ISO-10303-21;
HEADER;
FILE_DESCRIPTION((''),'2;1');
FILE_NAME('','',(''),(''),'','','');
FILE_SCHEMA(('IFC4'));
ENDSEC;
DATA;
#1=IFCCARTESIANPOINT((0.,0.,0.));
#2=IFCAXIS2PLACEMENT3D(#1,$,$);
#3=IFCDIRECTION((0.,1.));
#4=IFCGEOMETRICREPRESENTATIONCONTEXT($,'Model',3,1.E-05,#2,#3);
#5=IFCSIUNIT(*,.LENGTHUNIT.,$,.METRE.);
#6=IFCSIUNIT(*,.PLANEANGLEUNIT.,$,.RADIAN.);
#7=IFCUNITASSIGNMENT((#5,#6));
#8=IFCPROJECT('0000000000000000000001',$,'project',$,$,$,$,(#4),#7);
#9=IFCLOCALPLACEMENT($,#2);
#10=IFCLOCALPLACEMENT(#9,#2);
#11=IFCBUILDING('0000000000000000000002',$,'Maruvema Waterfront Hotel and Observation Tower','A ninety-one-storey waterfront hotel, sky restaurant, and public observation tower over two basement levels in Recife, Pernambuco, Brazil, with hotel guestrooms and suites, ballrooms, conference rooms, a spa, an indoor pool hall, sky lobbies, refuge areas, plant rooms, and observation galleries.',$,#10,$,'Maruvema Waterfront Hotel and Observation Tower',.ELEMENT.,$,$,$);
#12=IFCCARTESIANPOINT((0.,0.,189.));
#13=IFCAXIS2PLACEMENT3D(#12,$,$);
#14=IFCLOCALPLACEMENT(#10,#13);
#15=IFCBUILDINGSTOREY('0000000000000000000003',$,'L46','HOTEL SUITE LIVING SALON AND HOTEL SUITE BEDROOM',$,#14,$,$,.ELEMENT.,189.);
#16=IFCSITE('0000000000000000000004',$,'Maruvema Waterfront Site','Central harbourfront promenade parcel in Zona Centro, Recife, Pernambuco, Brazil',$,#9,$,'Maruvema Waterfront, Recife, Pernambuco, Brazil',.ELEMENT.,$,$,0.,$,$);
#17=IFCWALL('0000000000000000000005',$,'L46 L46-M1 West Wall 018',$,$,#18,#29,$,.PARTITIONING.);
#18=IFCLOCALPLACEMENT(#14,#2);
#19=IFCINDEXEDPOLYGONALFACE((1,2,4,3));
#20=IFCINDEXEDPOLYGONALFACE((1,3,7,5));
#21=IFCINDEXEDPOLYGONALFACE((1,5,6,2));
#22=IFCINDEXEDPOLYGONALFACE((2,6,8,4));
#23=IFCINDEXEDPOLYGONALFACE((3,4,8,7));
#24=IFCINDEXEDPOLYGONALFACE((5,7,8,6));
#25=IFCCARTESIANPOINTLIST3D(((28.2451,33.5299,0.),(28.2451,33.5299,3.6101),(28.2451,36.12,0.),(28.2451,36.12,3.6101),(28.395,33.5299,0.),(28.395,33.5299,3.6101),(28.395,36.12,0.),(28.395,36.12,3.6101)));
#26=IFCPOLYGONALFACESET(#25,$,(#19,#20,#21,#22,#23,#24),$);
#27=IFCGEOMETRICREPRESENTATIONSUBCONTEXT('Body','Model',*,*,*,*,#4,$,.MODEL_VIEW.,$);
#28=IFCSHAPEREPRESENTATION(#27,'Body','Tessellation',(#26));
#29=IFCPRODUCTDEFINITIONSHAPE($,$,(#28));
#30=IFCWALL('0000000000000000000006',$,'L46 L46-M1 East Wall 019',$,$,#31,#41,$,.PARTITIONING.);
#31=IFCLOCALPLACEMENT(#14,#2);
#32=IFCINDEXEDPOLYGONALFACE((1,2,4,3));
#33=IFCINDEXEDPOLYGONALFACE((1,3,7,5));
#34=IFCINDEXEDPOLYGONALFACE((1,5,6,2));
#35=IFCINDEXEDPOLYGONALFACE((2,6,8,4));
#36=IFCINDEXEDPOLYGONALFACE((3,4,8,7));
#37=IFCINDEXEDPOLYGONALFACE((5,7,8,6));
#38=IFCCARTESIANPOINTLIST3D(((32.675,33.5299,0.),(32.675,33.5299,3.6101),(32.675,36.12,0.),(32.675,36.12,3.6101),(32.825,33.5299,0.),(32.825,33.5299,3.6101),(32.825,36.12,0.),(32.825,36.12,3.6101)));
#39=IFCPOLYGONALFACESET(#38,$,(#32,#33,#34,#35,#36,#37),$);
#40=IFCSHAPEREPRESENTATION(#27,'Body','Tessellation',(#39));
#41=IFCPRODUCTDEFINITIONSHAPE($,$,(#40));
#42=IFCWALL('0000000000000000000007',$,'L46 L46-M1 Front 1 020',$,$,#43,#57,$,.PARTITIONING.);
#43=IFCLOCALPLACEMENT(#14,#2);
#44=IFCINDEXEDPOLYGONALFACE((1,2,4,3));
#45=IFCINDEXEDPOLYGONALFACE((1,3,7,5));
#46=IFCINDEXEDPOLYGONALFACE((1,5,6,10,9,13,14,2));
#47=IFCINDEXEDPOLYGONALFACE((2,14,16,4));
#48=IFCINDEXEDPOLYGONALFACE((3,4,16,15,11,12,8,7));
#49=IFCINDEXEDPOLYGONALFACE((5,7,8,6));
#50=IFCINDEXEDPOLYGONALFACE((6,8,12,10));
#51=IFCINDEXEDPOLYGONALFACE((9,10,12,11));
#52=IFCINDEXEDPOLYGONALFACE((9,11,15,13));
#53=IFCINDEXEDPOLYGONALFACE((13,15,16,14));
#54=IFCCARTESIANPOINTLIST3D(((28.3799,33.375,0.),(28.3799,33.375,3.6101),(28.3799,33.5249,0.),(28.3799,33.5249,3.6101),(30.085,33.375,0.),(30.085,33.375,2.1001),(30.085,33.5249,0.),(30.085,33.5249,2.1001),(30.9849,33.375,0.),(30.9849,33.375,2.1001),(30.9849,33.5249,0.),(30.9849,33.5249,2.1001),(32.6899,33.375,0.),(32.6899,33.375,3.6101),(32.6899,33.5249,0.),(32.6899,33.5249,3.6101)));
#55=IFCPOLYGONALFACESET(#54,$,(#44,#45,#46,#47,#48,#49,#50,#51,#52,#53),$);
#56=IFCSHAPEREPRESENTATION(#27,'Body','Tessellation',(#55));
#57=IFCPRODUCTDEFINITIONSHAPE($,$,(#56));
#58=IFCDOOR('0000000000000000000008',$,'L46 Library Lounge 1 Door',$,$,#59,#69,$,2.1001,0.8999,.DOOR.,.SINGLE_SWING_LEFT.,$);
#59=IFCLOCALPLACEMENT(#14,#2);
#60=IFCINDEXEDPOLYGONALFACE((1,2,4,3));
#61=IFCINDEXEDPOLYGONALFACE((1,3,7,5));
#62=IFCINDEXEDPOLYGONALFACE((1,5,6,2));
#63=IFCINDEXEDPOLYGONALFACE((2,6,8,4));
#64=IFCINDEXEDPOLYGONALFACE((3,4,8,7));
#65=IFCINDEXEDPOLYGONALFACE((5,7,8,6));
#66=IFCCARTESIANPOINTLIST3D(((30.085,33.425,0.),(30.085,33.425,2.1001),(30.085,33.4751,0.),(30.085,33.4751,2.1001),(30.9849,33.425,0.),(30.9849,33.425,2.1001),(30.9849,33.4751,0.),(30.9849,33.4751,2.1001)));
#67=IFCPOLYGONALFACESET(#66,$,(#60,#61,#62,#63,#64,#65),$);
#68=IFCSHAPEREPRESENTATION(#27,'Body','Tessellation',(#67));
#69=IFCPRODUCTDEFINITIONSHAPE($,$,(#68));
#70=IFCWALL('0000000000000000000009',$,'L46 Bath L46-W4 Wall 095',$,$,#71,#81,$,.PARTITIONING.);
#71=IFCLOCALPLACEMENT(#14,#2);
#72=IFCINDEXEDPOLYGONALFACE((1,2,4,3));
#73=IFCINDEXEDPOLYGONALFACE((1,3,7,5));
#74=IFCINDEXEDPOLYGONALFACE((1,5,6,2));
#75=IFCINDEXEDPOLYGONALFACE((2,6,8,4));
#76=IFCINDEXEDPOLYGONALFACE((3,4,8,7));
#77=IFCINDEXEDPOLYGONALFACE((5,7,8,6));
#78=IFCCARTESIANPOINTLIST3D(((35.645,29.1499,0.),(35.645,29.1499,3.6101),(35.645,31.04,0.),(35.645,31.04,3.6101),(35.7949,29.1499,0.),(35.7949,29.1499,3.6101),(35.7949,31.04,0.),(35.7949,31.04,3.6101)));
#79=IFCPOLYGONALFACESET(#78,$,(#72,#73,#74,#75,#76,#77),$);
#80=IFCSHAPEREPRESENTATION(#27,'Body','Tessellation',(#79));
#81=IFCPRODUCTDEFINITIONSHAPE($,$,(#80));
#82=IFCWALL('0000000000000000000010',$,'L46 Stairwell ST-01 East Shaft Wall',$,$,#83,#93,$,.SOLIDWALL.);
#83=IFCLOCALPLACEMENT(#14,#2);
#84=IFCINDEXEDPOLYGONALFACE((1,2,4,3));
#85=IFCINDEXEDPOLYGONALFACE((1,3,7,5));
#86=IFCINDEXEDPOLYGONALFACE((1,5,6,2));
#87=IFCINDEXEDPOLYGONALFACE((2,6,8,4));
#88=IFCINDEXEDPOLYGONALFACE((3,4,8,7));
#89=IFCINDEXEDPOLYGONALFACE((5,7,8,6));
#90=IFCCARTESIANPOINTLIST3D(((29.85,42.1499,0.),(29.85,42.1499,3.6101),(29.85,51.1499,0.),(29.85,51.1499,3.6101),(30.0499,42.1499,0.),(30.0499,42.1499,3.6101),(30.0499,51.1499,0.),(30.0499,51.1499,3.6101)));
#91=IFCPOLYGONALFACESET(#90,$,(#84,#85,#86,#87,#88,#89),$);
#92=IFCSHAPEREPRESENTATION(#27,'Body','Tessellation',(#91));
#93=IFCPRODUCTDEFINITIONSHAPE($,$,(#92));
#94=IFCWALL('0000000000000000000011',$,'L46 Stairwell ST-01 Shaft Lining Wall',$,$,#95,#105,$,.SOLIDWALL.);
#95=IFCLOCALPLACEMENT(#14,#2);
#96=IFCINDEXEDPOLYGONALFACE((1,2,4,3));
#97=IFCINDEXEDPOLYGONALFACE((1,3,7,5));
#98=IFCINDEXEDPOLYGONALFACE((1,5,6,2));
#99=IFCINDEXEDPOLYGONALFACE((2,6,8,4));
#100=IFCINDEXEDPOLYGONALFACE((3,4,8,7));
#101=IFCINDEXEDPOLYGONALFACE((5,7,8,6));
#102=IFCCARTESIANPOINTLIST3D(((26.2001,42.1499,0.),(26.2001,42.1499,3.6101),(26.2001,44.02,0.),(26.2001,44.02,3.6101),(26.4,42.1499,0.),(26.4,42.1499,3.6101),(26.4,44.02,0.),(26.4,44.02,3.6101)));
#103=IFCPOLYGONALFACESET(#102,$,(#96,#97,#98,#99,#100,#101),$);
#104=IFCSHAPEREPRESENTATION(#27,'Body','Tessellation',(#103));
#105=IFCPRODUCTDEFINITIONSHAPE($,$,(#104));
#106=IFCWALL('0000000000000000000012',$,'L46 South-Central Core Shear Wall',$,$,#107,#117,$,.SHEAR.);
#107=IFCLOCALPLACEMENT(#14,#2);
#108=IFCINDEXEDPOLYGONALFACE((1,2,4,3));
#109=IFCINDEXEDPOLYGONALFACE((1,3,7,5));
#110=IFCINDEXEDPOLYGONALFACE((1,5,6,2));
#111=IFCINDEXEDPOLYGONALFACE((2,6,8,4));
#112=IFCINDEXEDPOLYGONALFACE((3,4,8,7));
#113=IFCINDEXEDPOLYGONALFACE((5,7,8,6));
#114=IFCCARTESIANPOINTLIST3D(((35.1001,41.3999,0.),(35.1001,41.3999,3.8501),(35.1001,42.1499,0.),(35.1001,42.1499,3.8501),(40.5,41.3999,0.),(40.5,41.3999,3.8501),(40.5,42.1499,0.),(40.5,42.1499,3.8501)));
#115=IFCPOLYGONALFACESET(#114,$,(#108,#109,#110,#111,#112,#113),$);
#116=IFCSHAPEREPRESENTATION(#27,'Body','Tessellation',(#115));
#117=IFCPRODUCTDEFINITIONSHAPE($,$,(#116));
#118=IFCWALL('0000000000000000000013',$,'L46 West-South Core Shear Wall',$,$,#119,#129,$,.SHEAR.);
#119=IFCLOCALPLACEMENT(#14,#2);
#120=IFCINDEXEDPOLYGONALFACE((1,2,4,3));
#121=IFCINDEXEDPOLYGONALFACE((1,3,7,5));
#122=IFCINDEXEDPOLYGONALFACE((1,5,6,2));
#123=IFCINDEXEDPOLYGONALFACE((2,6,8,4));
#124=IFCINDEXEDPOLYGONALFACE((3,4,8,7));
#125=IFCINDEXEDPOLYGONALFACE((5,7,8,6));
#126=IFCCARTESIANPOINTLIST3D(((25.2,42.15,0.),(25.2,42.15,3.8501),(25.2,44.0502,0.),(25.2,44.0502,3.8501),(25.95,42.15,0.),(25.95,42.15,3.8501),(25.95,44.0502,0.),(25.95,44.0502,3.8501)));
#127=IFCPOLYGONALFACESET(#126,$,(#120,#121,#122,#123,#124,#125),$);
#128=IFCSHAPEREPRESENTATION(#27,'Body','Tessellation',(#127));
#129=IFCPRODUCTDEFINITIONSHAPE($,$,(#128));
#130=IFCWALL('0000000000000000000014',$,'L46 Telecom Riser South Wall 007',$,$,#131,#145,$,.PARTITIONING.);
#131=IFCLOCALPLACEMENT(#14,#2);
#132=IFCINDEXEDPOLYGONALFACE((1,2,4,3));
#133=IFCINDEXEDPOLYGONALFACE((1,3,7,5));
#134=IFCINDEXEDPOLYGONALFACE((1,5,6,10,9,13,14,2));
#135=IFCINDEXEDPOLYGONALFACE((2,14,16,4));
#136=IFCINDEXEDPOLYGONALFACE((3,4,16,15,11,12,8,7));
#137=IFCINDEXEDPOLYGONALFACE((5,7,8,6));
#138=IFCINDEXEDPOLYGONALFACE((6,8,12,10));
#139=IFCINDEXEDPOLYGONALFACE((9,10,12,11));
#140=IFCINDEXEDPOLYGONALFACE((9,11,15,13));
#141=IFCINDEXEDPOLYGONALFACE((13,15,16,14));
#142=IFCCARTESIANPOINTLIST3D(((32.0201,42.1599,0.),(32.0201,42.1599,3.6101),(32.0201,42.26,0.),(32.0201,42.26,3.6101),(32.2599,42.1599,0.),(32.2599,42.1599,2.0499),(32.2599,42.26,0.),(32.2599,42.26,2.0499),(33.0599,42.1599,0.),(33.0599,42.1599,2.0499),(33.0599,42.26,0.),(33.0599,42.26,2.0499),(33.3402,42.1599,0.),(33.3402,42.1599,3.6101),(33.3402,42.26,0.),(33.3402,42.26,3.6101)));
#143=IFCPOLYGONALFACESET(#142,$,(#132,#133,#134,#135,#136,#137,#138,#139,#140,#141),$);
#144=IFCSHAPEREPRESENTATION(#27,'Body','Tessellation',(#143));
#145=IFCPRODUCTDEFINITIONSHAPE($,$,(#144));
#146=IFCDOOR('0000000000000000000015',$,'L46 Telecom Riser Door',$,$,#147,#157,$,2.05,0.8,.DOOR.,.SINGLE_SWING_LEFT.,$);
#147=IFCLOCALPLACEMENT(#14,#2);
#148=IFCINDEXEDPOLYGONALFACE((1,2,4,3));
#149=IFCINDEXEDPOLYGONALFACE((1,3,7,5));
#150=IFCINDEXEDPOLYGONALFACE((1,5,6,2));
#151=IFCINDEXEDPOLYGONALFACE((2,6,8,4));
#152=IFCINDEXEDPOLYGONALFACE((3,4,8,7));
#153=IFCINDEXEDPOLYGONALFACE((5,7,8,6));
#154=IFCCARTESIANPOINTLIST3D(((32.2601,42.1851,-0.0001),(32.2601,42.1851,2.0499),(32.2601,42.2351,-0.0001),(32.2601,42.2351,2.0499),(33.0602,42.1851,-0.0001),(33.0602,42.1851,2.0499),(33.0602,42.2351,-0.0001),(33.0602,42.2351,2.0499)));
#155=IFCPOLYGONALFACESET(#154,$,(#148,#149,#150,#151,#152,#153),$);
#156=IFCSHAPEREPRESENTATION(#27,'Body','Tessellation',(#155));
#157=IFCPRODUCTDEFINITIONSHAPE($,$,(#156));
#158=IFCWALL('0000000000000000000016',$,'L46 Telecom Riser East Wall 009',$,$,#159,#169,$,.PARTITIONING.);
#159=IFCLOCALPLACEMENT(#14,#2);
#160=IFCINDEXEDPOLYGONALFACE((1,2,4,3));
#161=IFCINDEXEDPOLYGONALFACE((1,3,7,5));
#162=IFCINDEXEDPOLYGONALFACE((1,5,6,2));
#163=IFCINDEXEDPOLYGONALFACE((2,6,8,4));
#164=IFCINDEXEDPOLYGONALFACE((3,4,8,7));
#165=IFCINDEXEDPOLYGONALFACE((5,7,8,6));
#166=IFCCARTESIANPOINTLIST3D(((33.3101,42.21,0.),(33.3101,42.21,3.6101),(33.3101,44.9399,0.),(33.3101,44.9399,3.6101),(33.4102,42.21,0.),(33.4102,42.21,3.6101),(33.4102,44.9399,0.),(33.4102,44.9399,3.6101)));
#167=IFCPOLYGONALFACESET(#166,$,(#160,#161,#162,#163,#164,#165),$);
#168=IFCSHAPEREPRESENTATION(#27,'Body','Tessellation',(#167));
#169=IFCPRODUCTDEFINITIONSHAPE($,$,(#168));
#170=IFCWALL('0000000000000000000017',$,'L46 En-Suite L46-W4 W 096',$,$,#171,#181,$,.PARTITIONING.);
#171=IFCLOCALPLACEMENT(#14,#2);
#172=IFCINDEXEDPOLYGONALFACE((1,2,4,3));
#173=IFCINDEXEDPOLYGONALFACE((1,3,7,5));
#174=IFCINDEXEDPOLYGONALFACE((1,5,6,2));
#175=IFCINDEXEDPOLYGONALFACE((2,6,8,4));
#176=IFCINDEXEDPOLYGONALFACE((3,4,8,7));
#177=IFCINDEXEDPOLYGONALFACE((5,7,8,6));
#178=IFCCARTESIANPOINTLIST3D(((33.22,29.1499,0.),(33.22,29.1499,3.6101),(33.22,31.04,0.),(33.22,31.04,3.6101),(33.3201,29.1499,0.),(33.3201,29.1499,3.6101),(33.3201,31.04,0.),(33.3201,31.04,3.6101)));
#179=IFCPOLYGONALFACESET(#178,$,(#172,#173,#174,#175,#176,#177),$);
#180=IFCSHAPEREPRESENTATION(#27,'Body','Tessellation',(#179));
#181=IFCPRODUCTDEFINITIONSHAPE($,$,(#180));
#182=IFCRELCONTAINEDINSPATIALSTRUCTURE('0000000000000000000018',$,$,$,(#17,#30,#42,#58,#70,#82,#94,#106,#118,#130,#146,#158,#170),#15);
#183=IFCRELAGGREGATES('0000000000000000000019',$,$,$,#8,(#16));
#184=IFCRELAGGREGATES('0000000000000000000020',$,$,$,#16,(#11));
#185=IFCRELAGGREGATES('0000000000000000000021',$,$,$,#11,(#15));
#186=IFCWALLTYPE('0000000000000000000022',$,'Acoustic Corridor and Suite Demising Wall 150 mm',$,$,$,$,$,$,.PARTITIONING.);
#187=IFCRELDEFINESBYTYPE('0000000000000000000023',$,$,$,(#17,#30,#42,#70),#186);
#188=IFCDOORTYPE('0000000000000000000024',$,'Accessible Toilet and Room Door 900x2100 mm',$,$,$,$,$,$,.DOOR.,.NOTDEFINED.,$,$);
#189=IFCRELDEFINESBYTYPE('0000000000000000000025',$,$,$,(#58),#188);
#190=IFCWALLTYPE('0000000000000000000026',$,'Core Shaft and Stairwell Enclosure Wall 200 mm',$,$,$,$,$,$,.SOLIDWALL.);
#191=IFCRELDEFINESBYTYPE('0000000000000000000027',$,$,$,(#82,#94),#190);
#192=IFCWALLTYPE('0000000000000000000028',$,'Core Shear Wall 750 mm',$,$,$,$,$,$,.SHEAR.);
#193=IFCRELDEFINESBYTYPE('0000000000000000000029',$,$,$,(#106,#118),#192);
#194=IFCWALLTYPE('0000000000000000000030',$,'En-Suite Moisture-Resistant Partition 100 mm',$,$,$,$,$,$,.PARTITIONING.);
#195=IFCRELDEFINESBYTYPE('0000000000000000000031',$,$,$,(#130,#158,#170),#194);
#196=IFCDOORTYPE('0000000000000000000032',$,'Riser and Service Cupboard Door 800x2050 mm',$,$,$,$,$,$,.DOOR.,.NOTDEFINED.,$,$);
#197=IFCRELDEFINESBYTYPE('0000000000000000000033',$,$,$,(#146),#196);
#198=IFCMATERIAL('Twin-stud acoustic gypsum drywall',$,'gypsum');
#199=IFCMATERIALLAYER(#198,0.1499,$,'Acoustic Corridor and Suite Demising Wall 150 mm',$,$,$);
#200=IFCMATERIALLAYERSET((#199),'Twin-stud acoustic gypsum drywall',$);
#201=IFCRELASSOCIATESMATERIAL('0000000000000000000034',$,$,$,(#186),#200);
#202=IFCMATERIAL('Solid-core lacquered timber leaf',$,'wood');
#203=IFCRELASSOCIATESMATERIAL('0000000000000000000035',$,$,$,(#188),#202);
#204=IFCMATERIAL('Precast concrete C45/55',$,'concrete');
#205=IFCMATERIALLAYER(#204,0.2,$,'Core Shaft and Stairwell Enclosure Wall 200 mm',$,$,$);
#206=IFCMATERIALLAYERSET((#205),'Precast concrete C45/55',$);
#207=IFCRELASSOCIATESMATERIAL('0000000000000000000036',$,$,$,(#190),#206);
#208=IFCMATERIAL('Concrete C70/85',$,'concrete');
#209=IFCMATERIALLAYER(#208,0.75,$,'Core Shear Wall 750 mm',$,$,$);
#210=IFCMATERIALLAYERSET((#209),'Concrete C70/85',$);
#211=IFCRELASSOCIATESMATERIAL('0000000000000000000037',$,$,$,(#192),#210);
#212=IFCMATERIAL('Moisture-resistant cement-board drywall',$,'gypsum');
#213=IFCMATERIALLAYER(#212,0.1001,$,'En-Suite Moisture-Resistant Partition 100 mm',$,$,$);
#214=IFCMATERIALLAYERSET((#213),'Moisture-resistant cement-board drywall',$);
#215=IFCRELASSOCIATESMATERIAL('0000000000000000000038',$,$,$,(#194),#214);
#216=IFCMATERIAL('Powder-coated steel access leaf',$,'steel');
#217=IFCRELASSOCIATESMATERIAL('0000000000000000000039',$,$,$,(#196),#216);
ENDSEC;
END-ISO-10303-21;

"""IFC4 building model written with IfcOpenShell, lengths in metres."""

from ifc_helpers import new_model, si_unit, direction, frame, frame_2d, origin, place, context, subcontext, project, spatial, rectangle, extrude, material, layer, layer_set, type_object, element, fill, save


model = new_model("IFC4")

# Units and contexts
model_context = context("Model", 3, precision=1e-05, world=origin(), true_north=direction((0.0, 1.0)))
body_context = subcontext(model_context, "Body", "Model", "MODEL_VIEW")
ifc_project = project(units=[si_unit("LENGTHUNIT", "METRE"), si_unit("PLANEANGLEUNIT", "RADIAN")], contexts=[model_context])

# Site, building, storey
site_placement = place(None, origin())
site = spatial("IfcSite", under=ifc_project, at=site_placement, Name="Maruvema Waterfront Site", Description="Central harbourfront promenade parcel in Zona Centro, Recife, Pernambuco, Brazil", LongName="Maruvema Waterfront, Recife, Pernambuco, Brazil", CompositionType="ELEMENT", RefElevation=0.0)
building_placement = place(site_placement, origin())
building = spatial("IfcBuilding", under=site, at=building_placement, Name="Maruvema Waterfront Hotel and Observation Tower", Description="A ninety-one-storey waterfront hotel, sky restaurant, and public observation tower over two basement levels in Recife, Pernambuco, Brazil, with hotel guestrooms and suites, ballrooms, conference rooms, a spa, an indoor pool hall, sky lobbies, refuge areas, plant rooms, and observation galleries.", LongName="Maruvema Waterfront Hotel and Observation Tower", CompositionType="ELEMENT")
storey_placement = place(building_placement, frame((0.0, 0.0, 189.0)))
storey = spatial("IfcBuildingStorey", under=building, at=storey_placement, Name="L46", Description="HOTEL SUITE LIVING SALON AND HOTEL SUITE BEDROOM", CompositionType="ELEMENT", Elevation=189.0)

# Walls
ifc_material_1 = material(Name="Twin-stud acoustic gypsum drywall", Category="gypsum")
ifc_layer_1 = layer(ifc_material_1, 0.1499, Name="Acoustic Corridor and Suite Demising Wall 150 mm")
ifc_layer_set_1 = layer_set([ifc_layer_1], Name="Twin-stud acoustic gypsum drywall")
wall_type_1 = type_object("IfcWallType", Name="Acoustic Corridor and Suite Demising Wall 150 mm", PredefinedType="PARTITIONING", material=ifc_layer_set_1)
for number, where, z_axis, x_axis, name in (
    (1, (28.3201, 33.53, 0.0), (0.0, 0.0, 1.0), (0.0, 1.0, 0.0), "L46 L46-M1 West Wall 018"),
    (2, (32.75, 33.53, 0.0), (0.0, 0.0, 1.0), (0.0, 1.0, 0.0), "L46 L46-M1 East Wall 019"),
):
    element("IfcWall", number, at=place(storey_placement, frame(where, z_axis=z_axis, x_axis=x_axis)), inside=storey, type_object=wall_type_1, Name=name, PredefinedType="PARTITIONING", context=body_context, shape_type="SweptSolid", body=[
        extrude(rectangle(XDim=2.5901, YDim=0.1499, at=frame_2d((1.2949, 0.0))), origin(), (0.0, 0.0, 1.0), 3.6101),
    ])

# Wall, opening, door
wall_1_placement = place(storey_placement, frame((28.3799, 33.45, 0.0), z_axis=(0.0, 0.0, 1.0), x_axis=(1.0, 0.0, 0.0)))
wall_1 = element("IfcWall", 3, at=wall_1_placement, inside=storey, type_object=wall_type_1, Name="L46 L46-M1 Front 1 020", PredefinedType="PARTITIONING", context=body_context, shape_type="SweptSolid", body=[
    extrude(rectangle(XDim=4.3101, YDim=0.1499, at=frame_2d((2.155, 0.0))), origin(), (0.0, 0.0, 1.0), 3.6101),
])
opening_1_placement = place(wall_1_placement, frame((1.7051, 0.0, 0.0)))
opening_1 = element("IfcOpeningElement", 4, at=opening_1_placement, cuts=wall_1, PredefinedType="OPENING", context=body_context, shape_type="SweptSolid", body=[
    extrude(rectangle(XDim=0.8999, YDim=2.1001, at=frame_2d((0.45, 1.05))), frame((0.0, 0.085, 0.0), z_axis=(0.0, -1.0, 0.0), x_axis=(1.0, 0.0, 0.0)), (0.0, 0.0, 1.0), 0.1699),
])
ifc_material_2 = material(Name="Solid-core lacquered timber leaf", Category="wood")
door_type_1 = type_object("IfcDoorType", Name="Accessible Toilet and Room Door 900x2100 mm", OperationType="NOTDEFINED", PredefinedType="DOOR", material=ifc_material_2)
door_1_placement = place(opening_1_placement, frame((0.8999, 0.0, 0.0), z_axis=(0.0, 0.0, 1.0), x_axis=(-1.0, 0.0, 0.0)))
door_1 = element("IfcDoor", 5, at=door_1_placement, inside=storey, type_object=door_type_1, Name="L46 Library Lounge 1 Door", OperationType="SINGLE_SWING_LEFT", OverallHeight=2.1001, OverallWidth=0.8999, PredefinedType="DOOR", context=body_context, shape_type="SweptSolid", body=[
    extrude(rectangle(XDim=0.8999, YDim=2.1001, at=frame_2d((0.45, 1.05))), frame((0.0, 0.0249, 0.0), z_axis=(0.0, -1.0, 0.0), x_axis=(1.0, 0.0, 0.0)), (0.0, 0.0, 1.0), 0.05),
])
fill(opening_1, door_1)

# Walls
wall_2_placement = place(storey_placement, frame((35.72, 29.1499, 0.0), z_axis=(0.0, 0.0, 1.0), x_axis=(0.0, 1.0, 0.0)))
element("IfcWall", 6, at=wall_2_placement, inside=storey, type_object=wall_type_1, Name="L46 Bath L46-W4 Wall 095", PredefinedType="PARTITIONING", context=body_context, shape_type="SweptSolid", body=[
    extrude(rectangle(XDim=1.8901, YDim=0.1499, at=frame_2d((0.9451, 0.0))), origin(), (0.0, 0.0, 1.0), 3.6101),
])
ifc_material_3 = material(Name="Precast concrete C45/55", Category="concrete")
ifc_layer_2 = layer(ifc_material_3, 0.2, Name="Core Shaft and Stairwell Enclosure Wall 200 mm")
ifc_layer_set_2 = layer_set([ifc_layer_2], Name="Precast concrete C45/55")
wall_type_2 = type_object("IfcWallType", Name="Core Shaft and Stairwell Enclosure Wall 200 mm", PredefinedType="SOLIDWALL", material=ifc_layer_set_2)
wall_3_placement = place(storey_placement, frame((29.95, 42.1499, 0.0), z_axis=(0.0, 0.0, 1.0), x_axis=(0.0, 1.0, 0.0)))
element("IfcWall", 7, at=wall_3_placement, inside=storey, type_object=wall_type_2, Name="L46 Stairwell ST-01 East Shaft Wall", PredefinedType="SOLIDWALL", context=body_context, shape_type="SweptSolid", body=[
    extrude(rectangle(XDim=9.0, YDim=0.2, at=frame_2d((4.5, 0.0))), origin(), (0.0, 0.0, 1.0), 3.6101),
])
wall_4_placement = place(storey_placement, frame((26.3, 42.1499, 0.0), z_axis=(0.0, 0.0, 1.0), x_axis=(0.0, 1.0, 0.0)))
element("IfcWall", 8, at=wall_4_placement, inside=storey, type_object=wall_type_2, Name="L46 Stairwell ST-01 Shaft Lining Wall", PredefinedType="SOLIDWALL", context=body_context, shape_type="SweptSolid", body=[
    extrude(rectangle(XDim=1.8701, YDim=0.2, at=frame_2d((0.9351, 0.0))), origin(), (0.0, 0.0, 1.0), 3.6101),
])

# Shared definitions
ifc_material_4 = material(Name="Concrete C70/85", Category="concrete")
ifc_layer_3 = layer(ifc_material_4, 0.75, Name="Core Shear Wall 750 mm")
ifc_layer_set_3 = layer_set([ifc_layer_3], Name="Concrete C70/85")
wall_type_3 = type_object("IfcWallType", Name="Core Shear Wall 750 mm", PredefinedType="SHEAR", material=ifc_layer_set_3)

# Walls
wall_5_placement = place(storey_placement, frame((35.1001, 41.7749, 0.0), z_axis=(0.0, 0.0, 1.0), x_axis=(1.0, 0.0, 0.0)))
element("IfcWall", 9, at=wall_5_placement, inside=storey, type_object=wall_type_3, Name="L46 South-Central Core Shear Wall", PredefinedType="SHEAR", context=body_context, shape_type="SweptSolid", body=[
    extrude(rectangle(XDim=5.3999, YDim=0.75, at=frame_2d((2.7, 0.0))), origin(), (0.0, 0.0, 1.0), 3.8501),
])
wall_6_placement = place(storey_placement, frame((25.575, 42.1499, 0.0), z_axis=(0.0, 0.0, 1.0), x_axis=(0.0, 1.0, 0.0)))
element("IfcWall", 10, at=wall_6_placement, inside=storey, type_object=wall_type_3, Name="L46 West-South Core Shear Wall", PredefinedType="SHEAR", context=body_context, shape_type="SweptSolid", body=[
    extrude(rectangle(XDim=1.9001, YDim=0.75, at=frame_2d((0.9502, 0.0))), origin(), (0.0, 0.0, 1.0), 3.8501),
])

# Wall, opening, door
ifc_material_5 = material(Name="Moisture-resistant cement-board drywall", Category="gypsum")
ifc_layer_4 = layer(ifc_material_5, 0.1001, Name="En-Suite Moisture-Resistant Partition 100 mm")
ifc_layer_set_4 = layer_set([ifc_layer_4], Name="Moisture-resistant cement-board drywall")
wall_type_4 = type_object("IfcWallType", Name="En-Suite Moisture-Resistant Partition 100 mm", PredefinedType="PARTITIONING", material=ifc_layer_set_4)
wall_7_placement = place(storey_placement, frame((32.02, 42.21, 0.0), z_axis=(0.0, 0.0, 1.0), x_axis=(1.0, 0.0, 0.0)))
wall_7 = element("IfcWall", 11, at=wall_7_placement, inside=storey, type_object=wall_type_4, Name="L46 Telecom Riser South Wall 007", PredefinedType="PARTITIONING", context=body_context, shape_type="SweptSolid", body=[
    extrude(rectangle(XDim=1.3201, YDim=0.1001, at=frame_2d((0.6602, 0.0))), origin(), (0.0, 0.0, 1.0), 3.6101),
])
opening_2_placement = place(wall_7_placement, frame((0.24, 0.0, 0.0)))
opening_2 = element("IfcOpeningElement", 12, at=opening_2_placement, cuts=wall_7, PredefinedType="OPENING", context=body_context, shape_type="SweptSolid", body=[
    extrude(rectangle(XDim=0.8, YDim=2.05, at=frame_2d((0.3999, 1.0249))), frame((0.0, 0.0601, 0.0), z_axis=(0.0, -1.0, 0.0), x_axis=(1.0, 0.0, 0.0)), (0.0, 0.0, 1.0), 0.1201),
])
ifc_material_6 = material(Name="Powder-coated steel access leaf", Category="steel")
door_type_2 = type_object("IfcDoorType", Name="Riser and Service Cupboard Door 800x2050 mm", OperationType="NOTDEFINED", PredefinedType="DOOR", material=ifc_material_6)
door_2_placement = place(opening_2_placement, frame((0.8, 0.0, 0.0), z_axis=(0.0, 0.0, 1.0), x_axis=(-1.0, 0.0, 0.0)))
door_2 = element("IfcDoor", 13, at=door_2_placement, inside=storey, type_object=door_type_2, Name="L46 Telecom Riser Door", OperationType="SINGLE_SWING_LEFT", OverallHeight=2.05, OverallWidth=0.8, PredefinedType="DOOR", context=body_context, shape_type="SweptSolid", body=[
    extrude(rectangle(XDim=0.8, YDim=2.05, at=frame_2d((0.3999, 1.0249))), frame((0.0, 0.0249, 0.0), z_axis=(0.0, -1.0, 0.0), x_axis=(1.0, 0.0, 0.0)), (0.0, 0.0, 1.0), 0.05),
])
fill(opening_2, door_2)

# Walls
wall_8_placement = place(storey_placement, frame((33.3601, 42.21, 0.0), z_axis=(0.0, 0.0, 1.0), x_axis=(0.0, 1.0, 0.0)))
element("IfcWall", 14, at=wall_8_placement, inside=storey, type_object=wall_type_4, Name="L46 Telecom Riser East Wall 009", PredefinedType="PARTITIONING", context=body_context, shape_type="SweptSolid", body=[
    extrude(rectangle(XDim=2.73, YDim=0.1001, at=frame_2d((1.365, 0.0))), origin(), (0.0, 0.0, 1.0), 3.6101),
])
wall_9_placement = place(storey_placement, frame((33.27, 29.1499, 0.0), z_axis=(0.0, 0.0, 1.0), x_axis=(0.0, 1.0, 0.0)))
element("IfcWall", 15, at=wall_9_placement, inside=storey, type_object=wall_type_4, Name="L46 En-Suite L46-W4 W 096", PredefinedType="PARTITIONING", context=body_context, shape_type="SweptSolid", body=[
    extrude(rectangle(XDim=1.8901, YDim=0.1001, at=frame_2d((0.9451, 0.0))), origin(), (0.0, 0.0, 1.0), 3.6101),
])

save(model, "model.ifc")
